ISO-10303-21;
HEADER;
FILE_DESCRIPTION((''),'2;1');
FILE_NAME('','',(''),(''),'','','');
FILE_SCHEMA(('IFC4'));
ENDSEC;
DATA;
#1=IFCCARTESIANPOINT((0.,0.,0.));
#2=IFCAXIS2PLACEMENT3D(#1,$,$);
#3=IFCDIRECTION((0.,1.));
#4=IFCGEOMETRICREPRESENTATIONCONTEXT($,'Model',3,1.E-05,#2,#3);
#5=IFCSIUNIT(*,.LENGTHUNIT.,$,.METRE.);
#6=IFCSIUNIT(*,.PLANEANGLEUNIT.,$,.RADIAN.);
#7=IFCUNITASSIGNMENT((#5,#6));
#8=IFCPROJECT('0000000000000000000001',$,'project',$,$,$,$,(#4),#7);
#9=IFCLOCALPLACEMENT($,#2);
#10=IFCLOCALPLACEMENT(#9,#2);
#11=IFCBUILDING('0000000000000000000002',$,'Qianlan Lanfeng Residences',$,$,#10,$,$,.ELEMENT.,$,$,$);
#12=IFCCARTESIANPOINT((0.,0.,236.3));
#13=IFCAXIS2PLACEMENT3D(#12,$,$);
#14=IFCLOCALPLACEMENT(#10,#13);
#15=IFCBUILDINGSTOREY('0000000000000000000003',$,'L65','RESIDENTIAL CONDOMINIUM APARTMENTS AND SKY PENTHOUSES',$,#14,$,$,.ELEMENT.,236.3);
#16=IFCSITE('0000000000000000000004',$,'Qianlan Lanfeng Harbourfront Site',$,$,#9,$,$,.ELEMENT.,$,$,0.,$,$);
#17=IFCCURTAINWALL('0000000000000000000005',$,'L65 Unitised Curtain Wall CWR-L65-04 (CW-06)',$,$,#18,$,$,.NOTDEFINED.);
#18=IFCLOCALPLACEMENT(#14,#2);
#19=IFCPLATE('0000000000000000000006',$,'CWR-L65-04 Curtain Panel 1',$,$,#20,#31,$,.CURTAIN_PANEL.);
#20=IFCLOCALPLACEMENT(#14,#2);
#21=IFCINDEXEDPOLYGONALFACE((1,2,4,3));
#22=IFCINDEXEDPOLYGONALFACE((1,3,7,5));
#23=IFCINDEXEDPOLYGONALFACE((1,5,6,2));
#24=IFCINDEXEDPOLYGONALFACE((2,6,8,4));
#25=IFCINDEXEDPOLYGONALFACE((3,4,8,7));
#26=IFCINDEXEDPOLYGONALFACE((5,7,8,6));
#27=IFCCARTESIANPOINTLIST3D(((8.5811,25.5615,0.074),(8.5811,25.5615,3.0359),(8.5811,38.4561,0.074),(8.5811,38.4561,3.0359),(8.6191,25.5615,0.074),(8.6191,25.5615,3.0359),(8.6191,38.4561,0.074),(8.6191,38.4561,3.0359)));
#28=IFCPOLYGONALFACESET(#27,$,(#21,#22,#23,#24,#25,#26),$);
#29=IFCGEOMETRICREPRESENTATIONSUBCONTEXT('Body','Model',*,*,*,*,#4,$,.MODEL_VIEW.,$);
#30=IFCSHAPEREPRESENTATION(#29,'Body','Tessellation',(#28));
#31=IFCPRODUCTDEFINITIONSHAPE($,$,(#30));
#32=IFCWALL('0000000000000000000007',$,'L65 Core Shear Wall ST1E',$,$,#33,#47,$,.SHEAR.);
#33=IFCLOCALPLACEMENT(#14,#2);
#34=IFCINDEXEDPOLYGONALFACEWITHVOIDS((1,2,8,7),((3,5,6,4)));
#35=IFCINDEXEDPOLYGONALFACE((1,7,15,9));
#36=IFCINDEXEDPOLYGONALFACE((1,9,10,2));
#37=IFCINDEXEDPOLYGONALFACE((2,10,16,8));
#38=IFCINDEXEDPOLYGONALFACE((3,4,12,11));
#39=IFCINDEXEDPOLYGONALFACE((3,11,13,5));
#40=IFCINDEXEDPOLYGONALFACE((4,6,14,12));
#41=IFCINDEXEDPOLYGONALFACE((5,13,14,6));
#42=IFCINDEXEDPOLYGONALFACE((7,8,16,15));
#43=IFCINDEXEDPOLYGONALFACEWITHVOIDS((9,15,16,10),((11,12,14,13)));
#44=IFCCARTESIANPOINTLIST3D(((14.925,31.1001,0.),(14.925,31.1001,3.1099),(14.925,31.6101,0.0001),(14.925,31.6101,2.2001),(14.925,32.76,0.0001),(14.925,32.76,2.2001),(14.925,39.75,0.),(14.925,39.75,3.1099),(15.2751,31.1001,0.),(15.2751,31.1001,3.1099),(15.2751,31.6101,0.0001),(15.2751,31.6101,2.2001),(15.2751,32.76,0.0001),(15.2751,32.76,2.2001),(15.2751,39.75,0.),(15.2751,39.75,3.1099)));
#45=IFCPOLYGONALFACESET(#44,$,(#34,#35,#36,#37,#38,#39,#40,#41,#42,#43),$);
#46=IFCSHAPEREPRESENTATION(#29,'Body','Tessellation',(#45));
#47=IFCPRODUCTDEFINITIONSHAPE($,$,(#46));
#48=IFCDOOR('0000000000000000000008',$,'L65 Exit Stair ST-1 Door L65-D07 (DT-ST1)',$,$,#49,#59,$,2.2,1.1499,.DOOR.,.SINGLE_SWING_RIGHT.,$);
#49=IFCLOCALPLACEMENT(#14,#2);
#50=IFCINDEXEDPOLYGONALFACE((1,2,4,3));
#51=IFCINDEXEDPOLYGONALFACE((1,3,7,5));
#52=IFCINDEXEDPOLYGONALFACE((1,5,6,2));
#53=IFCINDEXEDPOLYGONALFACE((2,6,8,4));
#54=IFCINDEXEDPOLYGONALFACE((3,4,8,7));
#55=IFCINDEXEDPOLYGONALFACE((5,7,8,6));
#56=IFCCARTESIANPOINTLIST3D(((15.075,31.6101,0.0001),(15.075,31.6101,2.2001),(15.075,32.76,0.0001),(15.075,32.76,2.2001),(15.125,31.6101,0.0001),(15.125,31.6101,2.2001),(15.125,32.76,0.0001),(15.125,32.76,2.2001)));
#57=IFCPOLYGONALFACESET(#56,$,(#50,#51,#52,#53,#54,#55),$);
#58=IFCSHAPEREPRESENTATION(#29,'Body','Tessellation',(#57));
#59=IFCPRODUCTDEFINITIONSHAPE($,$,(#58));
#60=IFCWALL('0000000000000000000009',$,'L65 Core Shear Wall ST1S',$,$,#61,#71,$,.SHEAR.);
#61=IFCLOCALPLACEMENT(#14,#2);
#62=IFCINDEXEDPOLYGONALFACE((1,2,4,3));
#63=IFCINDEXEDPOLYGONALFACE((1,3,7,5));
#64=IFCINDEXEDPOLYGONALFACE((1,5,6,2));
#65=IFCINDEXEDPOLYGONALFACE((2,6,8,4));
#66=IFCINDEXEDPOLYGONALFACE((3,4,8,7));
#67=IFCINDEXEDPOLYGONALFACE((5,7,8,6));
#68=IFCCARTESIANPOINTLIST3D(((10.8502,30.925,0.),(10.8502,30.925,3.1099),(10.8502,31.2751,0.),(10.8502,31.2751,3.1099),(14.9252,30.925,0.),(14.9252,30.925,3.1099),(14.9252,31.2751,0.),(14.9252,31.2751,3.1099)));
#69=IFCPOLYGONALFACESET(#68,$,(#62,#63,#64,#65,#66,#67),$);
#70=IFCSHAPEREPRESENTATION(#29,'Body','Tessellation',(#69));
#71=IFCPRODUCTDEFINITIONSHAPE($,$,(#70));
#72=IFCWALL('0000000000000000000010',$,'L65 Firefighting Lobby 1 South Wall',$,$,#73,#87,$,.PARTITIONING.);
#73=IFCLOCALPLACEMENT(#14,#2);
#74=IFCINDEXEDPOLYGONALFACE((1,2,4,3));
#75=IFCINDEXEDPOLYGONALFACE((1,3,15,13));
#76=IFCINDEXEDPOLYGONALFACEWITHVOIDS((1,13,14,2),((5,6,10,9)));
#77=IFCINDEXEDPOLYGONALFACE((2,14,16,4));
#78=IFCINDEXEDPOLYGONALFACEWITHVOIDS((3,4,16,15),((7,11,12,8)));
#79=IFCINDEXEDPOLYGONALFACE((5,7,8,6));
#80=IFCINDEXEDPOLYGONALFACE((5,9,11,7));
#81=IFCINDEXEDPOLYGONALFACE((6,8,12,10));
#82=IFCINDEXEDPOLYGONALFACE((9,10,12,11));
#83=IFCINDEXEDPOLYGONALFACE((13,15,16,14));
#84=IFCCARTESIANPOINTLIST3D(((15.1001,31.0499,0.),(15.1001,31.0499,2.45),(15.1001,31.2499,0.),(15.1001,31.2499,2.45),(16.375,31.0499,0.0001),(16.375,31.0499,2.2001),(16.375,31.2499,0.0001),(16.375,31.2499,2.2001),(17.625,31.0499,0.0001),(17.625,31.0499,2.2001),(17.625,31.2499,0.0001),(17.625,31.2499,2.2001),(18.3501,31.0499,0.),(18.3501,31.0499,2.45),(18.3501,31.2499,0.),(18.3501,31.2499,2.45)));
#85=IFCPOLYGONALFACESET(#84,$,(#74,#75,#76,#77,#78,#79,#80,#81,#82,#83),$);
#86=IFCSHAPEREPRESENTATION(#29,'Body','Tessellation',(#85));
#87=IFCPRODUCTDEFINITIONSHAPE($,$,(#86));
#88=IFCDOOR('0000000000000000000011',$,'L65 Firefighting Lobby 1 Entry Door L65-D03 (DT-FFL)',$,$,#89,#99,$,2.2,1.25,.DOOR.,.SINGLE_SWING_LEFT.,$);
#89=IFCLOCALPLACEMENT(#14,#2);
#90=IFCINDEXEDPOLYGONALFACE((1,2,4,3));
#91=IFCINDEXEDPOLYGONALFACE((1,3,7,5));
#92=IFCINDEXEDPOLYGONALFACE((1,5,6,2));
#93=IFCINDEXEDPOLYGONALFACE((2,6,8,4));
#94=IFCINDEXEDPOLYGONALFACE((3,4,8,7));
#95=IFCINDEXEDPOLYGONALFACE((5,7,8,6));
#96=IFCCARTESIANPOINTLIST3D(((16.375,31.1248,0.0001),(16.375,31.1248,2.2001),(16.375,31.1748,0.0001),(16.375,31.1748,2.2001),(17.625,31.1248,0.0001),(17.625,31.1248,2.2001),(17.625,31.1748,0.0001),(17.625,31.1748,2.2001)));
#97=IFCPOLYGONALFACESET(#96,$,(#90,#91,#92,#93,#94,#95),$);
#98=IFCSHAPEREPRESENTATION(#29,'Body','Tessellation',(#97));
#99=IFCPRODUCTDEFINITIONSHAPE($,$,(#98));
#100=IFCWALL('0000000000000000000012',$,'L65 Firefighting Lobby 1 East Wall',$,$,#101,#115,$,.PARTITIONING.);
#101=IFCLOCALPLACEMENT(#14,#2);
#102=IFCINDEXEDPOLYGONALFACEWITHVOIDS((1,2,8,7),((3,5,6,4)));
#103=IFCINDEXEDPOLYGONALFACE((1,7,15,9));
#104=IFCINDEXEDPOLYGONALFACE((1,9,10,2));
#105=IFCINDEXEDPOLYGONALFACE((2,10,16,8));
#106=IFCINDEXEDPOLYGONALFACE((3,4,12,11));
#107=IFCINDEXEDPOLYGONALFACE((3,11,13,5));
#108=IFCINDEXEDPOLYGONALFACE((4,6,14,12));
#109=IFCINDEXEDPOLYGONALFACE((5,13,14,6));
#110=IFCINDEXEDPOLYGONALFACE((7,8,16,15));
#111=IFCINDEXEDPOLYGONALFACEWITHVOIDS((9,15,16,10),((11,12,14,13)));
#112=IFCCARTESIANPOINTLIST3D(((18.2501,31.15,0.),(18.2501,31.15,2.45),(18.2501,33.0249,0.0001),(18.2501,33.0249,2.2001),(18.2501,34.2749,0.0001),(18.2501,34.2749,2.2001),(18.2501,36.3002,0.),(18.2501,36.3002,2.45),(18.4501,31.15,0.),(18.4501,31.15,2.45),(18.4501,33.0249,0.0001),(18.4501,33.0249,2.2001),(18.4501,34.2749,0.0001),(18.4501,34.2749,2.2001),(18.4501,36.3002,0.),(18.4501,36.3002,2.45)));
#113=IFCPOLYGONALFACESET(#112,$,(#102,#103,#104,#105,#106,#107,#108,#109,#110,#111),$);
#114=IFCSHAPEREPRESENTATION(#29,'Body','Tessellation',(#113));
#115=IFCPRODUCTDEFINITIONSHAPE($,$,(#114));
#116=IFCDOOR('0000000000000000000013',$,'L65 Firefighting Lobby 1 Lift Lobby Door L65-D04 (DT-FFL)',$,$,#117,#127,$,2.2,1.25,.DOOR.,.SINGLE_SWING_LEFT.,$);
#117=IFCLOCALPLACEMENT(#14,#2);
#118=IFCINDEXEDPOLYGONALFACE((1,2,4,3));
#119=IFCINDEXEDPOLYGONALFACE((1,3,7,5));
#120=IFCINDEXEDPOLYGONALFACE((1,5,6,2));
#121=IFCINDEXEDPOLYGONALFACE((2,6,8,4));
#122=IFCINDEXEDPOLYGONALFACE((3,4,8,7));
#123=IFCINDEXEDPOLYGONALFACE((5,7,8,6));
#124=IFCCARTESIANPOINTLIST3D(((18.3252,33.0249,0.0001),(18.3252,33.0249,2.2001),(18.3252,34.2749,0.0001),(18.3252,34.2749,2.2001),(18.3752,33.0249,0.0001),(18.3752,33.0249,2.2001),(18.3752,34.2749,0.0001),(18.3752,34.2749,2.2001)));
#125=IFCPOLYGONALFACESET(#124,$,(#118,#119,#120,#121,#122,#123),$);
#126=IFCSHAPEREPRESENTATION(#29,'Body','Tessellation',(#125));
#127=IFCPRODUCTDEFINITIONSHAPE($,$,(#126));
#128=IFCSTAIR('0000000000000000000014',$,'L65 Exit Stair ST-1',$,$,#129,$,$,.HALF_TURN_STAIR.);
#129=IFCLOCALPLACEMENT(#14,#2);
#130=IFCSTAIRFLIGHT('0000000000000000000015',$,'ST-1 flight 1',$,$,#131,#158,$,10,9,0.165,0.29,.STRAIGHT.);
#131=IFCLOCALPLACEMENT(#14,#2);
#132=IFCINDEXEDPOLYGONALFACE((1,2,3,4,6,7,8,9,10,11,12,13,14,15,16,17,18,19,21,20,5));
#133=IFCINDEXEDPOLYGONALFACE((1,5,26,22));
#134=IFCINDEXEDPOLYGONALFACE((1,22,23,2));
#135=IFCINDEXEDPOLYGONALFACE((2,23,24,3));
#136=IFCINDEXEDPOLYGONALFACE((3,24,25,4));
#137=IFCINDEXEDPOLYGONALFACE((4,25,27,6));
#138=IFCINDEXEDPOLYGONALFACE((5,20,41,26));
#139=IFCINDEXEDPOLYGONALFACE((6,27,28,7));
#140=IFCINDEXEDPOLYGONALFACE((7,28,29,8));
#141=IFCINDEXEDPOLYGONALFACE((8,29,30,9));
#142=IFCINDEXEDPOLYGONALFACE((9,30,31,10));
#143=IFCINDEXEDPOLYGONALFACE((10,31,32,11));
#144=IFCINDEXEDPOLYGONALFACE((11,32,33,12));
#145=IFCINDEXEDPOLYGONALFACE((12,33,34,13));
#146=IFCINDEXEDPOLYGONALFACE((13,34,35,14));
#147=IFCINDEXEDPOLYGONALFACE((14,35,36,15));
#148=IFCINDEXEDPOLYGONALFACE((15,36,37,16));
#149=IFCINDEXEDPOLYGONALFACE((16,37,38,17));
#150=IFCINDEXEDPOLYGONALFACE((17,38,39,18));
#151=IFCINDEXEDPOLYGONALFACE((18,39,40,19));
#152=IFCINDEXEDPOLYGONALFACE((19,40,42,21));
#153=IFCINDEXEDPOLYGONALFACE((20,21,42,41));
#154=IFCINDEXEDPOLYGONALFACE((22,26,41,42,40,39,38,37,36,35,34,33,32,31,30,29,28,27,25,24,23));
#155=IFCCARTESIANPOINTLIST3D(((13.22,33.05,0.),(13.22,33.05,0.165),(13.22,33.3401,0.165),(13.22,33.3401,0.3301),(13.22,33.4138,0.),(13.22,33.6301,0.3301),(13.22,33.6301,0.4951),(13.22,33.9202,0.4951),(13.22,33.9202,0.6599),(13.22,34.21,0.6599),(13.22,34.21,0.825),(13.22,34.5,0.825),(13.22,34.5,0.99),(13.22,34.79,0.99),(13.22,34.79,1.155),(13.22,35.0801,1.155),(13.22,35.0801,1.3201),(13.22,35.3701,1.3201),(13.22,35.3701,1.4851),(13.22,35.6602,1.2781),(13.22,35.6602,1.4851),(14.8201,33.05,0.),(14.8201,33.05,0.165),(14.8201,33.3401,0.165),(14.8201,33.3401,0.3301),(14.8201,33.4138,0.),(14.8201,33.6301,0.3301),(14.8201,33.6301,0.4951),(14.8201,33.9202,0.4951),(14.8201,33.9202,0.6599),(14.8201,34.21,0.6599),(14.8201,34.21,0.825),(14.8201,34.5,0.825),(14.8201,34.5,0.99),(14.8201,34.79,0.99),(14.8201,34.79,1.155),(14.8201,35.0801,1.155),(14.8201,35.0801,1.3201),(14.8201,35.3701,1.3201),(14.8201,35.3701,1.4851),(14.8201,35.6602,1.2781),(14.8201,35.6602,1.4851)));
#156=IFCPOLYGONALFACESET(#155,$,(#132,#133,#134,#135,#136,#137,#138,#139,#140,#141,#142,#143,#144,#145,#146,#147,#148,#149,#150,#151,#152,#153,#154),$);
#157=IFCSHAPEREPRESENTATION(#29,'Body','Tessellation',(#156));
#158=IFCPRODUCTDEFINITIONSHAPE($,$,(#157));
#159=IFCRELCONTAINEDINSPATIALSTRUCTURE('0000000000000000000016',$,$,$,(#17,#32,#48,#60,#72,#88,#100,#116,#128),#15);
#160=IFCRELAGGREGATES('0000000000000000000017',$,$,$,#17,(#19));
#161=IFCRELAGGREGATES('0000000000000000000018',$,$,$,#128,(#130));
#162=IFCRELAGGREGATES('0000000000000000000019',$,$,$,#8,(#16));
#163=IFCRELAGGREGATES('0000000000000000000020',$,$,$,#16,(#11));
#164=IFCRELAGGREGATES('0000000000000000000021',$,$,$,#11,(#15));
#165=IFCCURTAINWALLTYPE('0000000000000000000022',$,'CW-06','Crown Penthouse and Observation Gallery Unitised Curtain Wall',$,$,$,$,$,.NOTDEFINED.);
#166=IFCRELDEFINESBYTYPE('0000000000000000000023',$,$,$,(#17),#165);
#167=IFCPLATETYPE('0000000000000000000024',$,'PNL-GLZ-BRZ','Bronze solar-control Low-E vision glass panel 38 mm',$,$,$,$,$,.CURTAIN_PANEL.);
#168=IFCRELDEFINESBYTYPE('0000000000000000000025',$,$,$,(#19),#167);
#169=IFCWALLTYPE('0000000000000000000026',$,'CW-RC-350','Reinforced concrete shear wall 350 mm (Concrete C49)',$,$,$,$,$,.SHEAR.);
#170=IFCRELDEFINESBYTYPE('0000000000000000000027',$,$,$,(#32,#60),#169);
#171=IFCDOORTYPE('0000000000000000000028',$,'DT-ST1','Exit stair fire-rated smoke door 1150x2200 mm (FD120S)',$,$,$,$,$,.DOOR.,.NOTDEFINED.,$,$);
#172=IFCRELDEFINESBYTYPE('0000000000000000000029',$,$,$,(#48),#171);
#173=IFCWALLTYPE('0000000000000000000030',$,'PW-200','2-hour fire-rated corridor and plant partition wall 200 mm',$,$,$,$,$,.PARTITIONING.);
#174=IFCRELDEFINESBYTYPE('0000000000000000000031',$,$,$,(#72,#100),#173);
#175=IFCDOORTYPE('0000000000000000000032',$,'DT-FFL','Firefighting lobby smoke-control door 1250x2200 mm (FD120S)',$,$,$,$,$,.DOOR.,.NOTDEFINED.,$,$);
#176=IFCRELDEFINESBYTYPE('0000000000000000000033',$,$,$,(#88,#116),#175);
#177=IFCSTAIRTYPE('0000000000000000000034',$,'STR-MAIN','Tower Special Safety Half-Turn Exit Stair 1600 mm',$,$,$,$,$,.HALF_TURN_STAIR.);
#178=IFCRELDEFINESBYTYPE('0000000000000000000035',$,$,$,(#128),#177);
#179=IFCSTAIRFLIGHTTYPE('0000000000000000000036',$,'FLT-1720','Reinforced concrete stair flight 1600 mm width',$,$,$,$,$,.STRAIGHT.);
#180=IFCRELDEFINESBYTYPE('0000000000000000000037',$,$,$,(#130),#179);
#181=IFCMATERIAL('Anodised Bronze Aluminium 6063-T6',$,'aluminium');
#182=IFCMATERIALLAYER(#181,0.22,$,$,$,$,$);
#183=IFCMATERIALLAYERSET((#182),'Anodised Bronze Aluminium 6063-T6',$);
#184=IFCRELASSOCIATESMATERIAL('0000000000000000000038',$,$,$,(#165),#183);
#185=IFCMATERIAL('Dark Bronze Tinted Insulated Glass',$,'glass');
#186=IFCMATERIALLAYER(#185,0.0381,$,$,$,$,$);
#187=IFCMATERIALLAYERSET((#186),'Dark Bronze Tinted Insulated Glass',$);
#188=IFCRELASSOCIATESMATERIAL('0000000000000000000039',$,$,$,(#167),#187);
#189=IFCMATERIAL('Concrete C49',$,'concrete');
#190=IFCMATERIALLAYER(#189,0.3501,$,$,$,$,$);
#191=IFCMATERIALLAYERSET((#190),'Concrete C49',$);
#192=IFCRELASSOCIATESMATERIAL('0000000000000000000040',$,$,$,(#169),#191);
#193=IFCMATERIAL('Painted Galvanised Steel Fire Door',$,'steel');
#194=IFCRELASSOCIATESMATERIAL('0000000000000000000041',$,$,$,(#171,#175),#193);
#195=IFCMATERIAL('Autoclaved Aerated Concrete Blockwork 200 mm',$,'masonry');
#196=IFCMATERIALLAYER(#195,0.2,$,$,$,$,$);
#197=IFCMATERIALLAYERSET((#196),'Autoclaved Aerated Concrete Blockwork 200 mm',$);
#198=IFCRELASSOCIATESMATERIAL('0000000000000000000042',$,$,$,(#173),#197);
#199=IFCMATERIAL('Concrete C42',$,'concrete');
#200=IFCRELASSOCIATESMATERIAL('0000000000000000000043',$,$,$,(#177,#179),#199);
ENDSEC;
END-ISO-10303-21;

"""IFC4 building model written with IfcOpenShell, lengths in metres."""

from ifc_helpers import new_model, si_unit, direction, frame, frame_2d, origin, origin_2d, place, context, subcontext, project, spatial, polyline, rectangle, outline, extrude, source, transform, mapped, material, layer, layer_set, type_object, element, fill, aggregate, save


model = new_model("IFC4")

# Units and contexts
model_context = context("Model", 3, precision=1e-05, world=origin(), true_north=direction((0.0, 1.0)))
body_context = subcontext(model_context, "Body", "Model", "MODEL_VIEW")
ifc_project = project(units=[si_unit("LENGTHUNIT", "METRE"), si_unit("PLANEANGLEUNIT", "RADIAN")], contexts=[model_context])

# Site, building, storey
site_placement = place(None, origin())
site = spatial("IfcSite", under=ifc_project, at=site_placement, Name="Qianlan Lanfeng Harbourfront Site", CompositionType="ELEMENT", RefElevation=0.0)
building_placement = place(site_placement, origin())
building = spatial("IfcBuilding", under=site, at=building_placement, Name="Qianlan Lanfeng Residences", CompositionType="ELEMENT")
storey_placement = place(building_placement, frame((0.0, 0.0, 236.3)))
storey = spatial("IfcBuildingStorey", under=building, at=storey_placement, Name="L65", Description="RESIDENTIAL CONDOMINIUM APARTMENTS AND SKY PENTHOUSES", CompositionType="ELEMENT", Elevation=236.3)

# Curtain wall, plate
ifc_material_1 = material(Name="Anodised Bronze Aluminium 6063-T6", Category="aluminium")
ifc_layer_1 = layer(ifc_material_1, 0.22)
ifc_layer_set_1 = layer_set([ifc_layer_1], Name="Anodised Bronze Aluminium 6063-T6")
curtain_wall_type = type_object("IfcCurtainWallType", Name="CW-06", Description="Crown Penthouse and Observation Gallery Unitised Curtain Wall", PredefinedType="NOTDEFINED", material=ifc_layer_set_1)
curtain_wall_placement = place(storey_placement, origin())
curtain_wall = element("IfcCurtainWall", 1, at=curtain_wall_placement, inside=storey, type_object=curtain_wall_type, Name="L65 Unitised Curtain Wall CWR-L65-04 (CW-06)", PredefinedType="NOTDEFINED")
ifc_material_2 = material(Name="Dark Bronze Tinted Insulated Glass", Category="glass")
ifc_layer_2 = layer(ifc_material_2, 0.0381)
ifc_layer_set_2 = layer_set([ifc_layer_2], Name="Dark Bronze Tinted Insulated Glass")
plate_type = type_object("IfcPlateType", Name="PNL-GLZ-BRZ", Description="Bronze solar-control Low-E vision glass panel 38 mm", PredefinedType="CURTAIN_PANEL", material=ifc_layer_set_2)
shared_shape_1 = source(origin(), body_context, "Body", "SweptSolid", [
    extrude(rectangle(XDim=12.8945, YDim=0.0381, at=origin_2d()), origin(), (0.0, 0.0, 1.0), 2.9619),
])
plate_placement = place(storey_placement, frame((8.6001, 32.0088, 0.074), z_axis=(0.0, 0.0, 1.0), x_axis=(0.0, -1.0, 0.0)))
plate = element("IfcPlate", 2, at=plate_placement, type_object=plate_type, Name="CWR-L65-04 Curtain Panel 1", PredefinedType="CURTAIN_PANEL", context=body_context, shape_type="MappedRepresentation", body=[
    mapped(shared_shape_1, transform((0.0, 0.0, 0.0), scale=1.0)),
])
aggregate(curtain_wall, [plate])

# Wall, opening, door
ifc_material_3 = material(Name="Concrete C49", Category="concrete")
ifc_layer_3 = layer(ifc_material_3, 0.3501)
ifc_layer_set_3 = layer_set([ifc_layer_3], Name="Concrete C49")
wall_type_1 = type_object("IfcWallType", Name="CW-RC-350", Description="Reinforced concrete shear wall 350 mm (Concrete C49)", PredefinedType="SHEAR", material=ifc_layer_set_3)
wall_1_placement = place(storey_placement, frame((15.1001, 31.1001, 0.0), z_axis=(0.0, 0.0, 1.0), x_axis=(0.0, 1.0, 0.0)))
wall_1 = element("IfcWall", 3, at=wall_1_placement, inside=storey, type_object=wall_type_1, Name="L65 Core Shear Wall ST1E", PredefinedType="SHEAR", context=body_context, shape_type="SweptSolid", body=[
    extrude(rectangle(XDim=8.6499, YDim=0.3501, at=frame_2d((4.325, 0.0))), origin(), (0.0, 0.0, 1.0), 3.1099),
])
opening_1_placement = place(wall_1_placement, frame((0.51, 0.0, 0.0)))
opening_1 = element("IfcOpeningElement", 4, at=opening_1_placement, cuts=wall_1, PredefinedType="OPENING", context=body_context, shape_type="SweptSolid", body=[
    extrude(rectangle(XDim=1.1499, YDim=2.2, at=frame_2d((0.575, 1.1001))), frame((0.0, 0.1851, 0.0), z_axis=(0.0, -1.0, 0.0), x_axis=(1.0, 0.0, 0.0)), (0.0, 0.0, 1.0), 0.3701),
])
ifc_material_4 = material(Name="Painted Galvanised Steel Fire Door", Category="steel")
door_type_1 = type_object("IfcDoorType", Name="DT-ST1", Description="Exit stair fire-rated smoke door 1150x2200 mm (FD120S)", OperationType="NOTDEFINED", PredefinedType="DOOR", material=ifc_material_4)
door_1_placement = place(opening_1_placement, frame((1.1499, 0.0, 0.0), z_axis=(0.0, 0.0, 1.0), x_axis=(-1.0, 0.0, 0.0)))
door_1 = element("IfcDoor", 5, at=door_1_placement, inside=storey, type_object=door_type_1, Name="L65 Exit Stair ST-1 Door L65-D07 (DT-ST1)", OperationType="SINGLE_SWING_RIGHT", OverallHeight=2.2, OverallWidth=1.1499, PredefinedType="DOOR", context=body_context, shape_type="SweptSolid", body=[
    extrude(rectangle(XDim=1.1499, YDim=2.2, at=frame_2d((0.575, 1.1001))), frame((0.0, 0.0249, 0.0), z_axis=(0.0, -1.0, 0.0), x_axis=(1.0, 0.0, 0.0)), (0.0, 0.0, 1.0), 0.05),
])
fill(opening_1, door_1)

# Wall
wall_2_placement = place(storey_placement, frame((10.8501, 31.1001, 0.0), z_axis=(0.0, 0.0, 1.0), x_axis=(1.0, 0.0, 0.0)))
element("IfcWall", 6, at=wall_2_placement, inside=storey, type_object=wall_type_1, Name="L65 Core Shear Wall ST1S", PredefinedType="SHEAR", context=body_context, shape_type="SweptSolid", body=[
    extrude(rectangle(XDim=4.075, YDim=0.3501, at=frame_2d((2.0376, 0.0))), origin(), (0.0, 0.0, 1.0), 3.1099),
])

# Walls, openings, doors
ifc_material_5 = material(Name="Autoclaved Aerated Concrete Blockwork 200 mm", Category="masonry")
ifc_layer_4 = layer(ifc_material_5, 0.2)
ifc_layer_set_4 = layer_set([ifc_layer_4], Name="Autoclaved Aerated Concrete Blockwork 200 mm")
wall_type_2 = type_object("IfcWallType", Name="PW-200", Description="2-hour fire-rated corridor and plant partition wall 200 mm", PredefinedType="PARTITIONING", material=ifc_layer_set_4)
wall_3_placement = place(storey_placement, frame((15.1001, 31.1499, 0.0), z_axis=(0.0, 0.0, 1.0), x_axis=(1.0, 0.0, 0.0)))
wall_3 = element("IfcWall", 7, at=wall_3_placement, inside=storey, type_object=wall_type_2, Name="L65 Firefighting Lobby 1 South Wall", PredefinedType="PARTITIONING", context=body_context, shape_type="SweptSolid", body=[
    extrude(rectangle(XDim=3.25, YDim=0.2, at=frame_2d((1.625, 0.0))), origin(), (0.0, 0.0, 1.0), 2.45),
])
opening_2_placement = place(wall_3_placement, frame((1.2749, 0.0, 0.0)))
opening_2 = element("IfcOpeningElement", 8, at=opening_2_placement, cuts=wall_3, PredefinedType="OPENING", context=body_context, shape_type="SweptSolid", body=[
    extrude(rectangle(XDim=1.25, YDim=2.2, at=frame_2d((0.625, 1.1001))), frame((0.0, 0.1099, 0.0), z_axis=(0.0, -1.0, 0.0), x_axis=(1.0, 0.0, 0.0)), (0.0, 0.0, 1.0), 0.22),
])
door_type_2 = type_object("IfcDoorType", Name="DT-FFL", Description="Firefighting lobby smoke-control door 1250x2200 mm (FD120S)", OperationType="NOTDEFINED", PredefinedType="DOOR", material=ifc_material_4)
door_2_placement = place(opening_2_placement, origin())
door_2 = element("IfcDoor", 9, at=door_2_placement, inside=storey, type_object=door_type_2, Name="L65 Firefighting Lobby 1 Entry Door L65-D03 (DT-FFL)", OperationType="SINGLE_SWING_LEFT", OverallHeight=2.2, OverallWidth=1.25, PredefinedType="DOOR", context=body_context, shape_type="SweptSolid", body=[
    extrude(rectangle(XDim=1.25, YDim=2.2, at=frame_2d((0.625, 1.1001))), frame((0.0, 0.0249, 0.0), z_axis=(0.0, -1.0, 0.0), x_axis=(1.0, 0.0, 0.0)), (0.0, 0.0, 1.0), 0.05),
])
fill(opening_2, door_2)
wall_4_placement = place(storey_placement, frame((18.3501, 31.1499, 0.0), z_axis=(0.0, 0.0, 1.0), x_axis=(0.0, 1.0, 0.0)))
wall_4 = element("IfcWall", 10, at=wall_4_placement, inside=storey, type_object=wall_type_2, Name="L65 Firefighting Lobby 1 East Wall", PredefinedType="PARTITIONING", context=body_context, shape_type="SweptSolid", body=[
    extrude(rectangle(XDim=5.1501, YDim=0.2, at=frame_2d((2.5752, 0.0))), origin(), (0.0, 0.0, 1.0), 2.45),
])
opening_3_placement = place(wall_4_placement, frame((1.875, 0.0, 0.0)))
opening_3 = element("IfcOpeningElement", 11, at=opening_3_placement, cuts=wall_4, PredefinedType="OPENING", context=body_context, shape_type="SweptSolid", body=[
    extrude(rectangle(XDim=1.25, YDim=2.2, at=frame_2d((0.625, 1.1001))), frame((0.0, 0.1099, 0.0), z_axis=(0.0, -1.0, 0.0), x_axis=(1.0, 0.0, 0.0)), (0.0, 0.0, 1.0), 0.22),
])
door_3_placement = place(opening_3_placement, origin())
door_3 = element("IfcDoor", 12, at=door_3_placement, inside=storey, type_object=door_type_2, Name="L65 Firefighting Lobby 1 Lift Lobby Door L65-D04 (DT-FFL)", OperationType="SINGLE_SWING_LEFT", OverallHeight=2.2, OverallWidth=1.25, PredefinedType="DOOR", context=body_context, shape_type="SweptSolid", body=[
    extrude(rectangle(XDim=1.25, YDim=2.2, at=frame_2d((0.625, 1.1001))), frame((0.0, 0.0249, 0.0), z_axis=(0.0, -1.0, 0.0), x_axis=(1.0, 0.0, 0.0)), (0.0, 0.0, 1.0), 0.05),
])
fill(opening_3, door_3)

# Stair, stair flight
ifc_material_6 = material(Name="Concrete C42", Category="concrete")
stair_type = type_object("IfcStairType", Name="STR-MAIN", Description="Tower Special Safety Half-Turn Exit Stair 1600 mm", PredefinedType="HALF_TURN_STAIR", material=ifc_material_6)
stair_placement = place(storey_placement, origin())
stair = element("IfcStair", 13, at=stair_placement, inside=storey, type_object=stair_type, Name="L65 Exit Stair ST-1", PredefinedType="HALF_TURN_STAIR")
stair_flight_type = type_object("IfcStairFlightType", Name="FLT-1720", Description="Reinforced concrete stair flight 1600 mm width", PredefinedType="STRAIGHT", material=ifc_material_6)
stair_flight_placement = place(storey_placement, frame((14.02, 33.05, 0.0), z_axis=(0.0, 0.0, 1.0), x_axis=(0.0, 1.0, 0.0)))
stair_flight = element("IfcStairFlight", 14, at=stair_flight_placement, type_object=stair_flight_type, Name="ST-1 flight 1", NumberOfRisers=10, NumberOfTreads=9, PredefinedType="STRAIGHT", RiserHeight=0.165, TreadLength=0.29, context=body_context, shape_type="SweptSolid", body=[
    extrude(outline(polyline([(0.0, 0.0), (0.0, 0.165), (0.29, 0.165), (0.29, 0.3301), (0.5801, 0.3301), (0.5801, 0.4951), (0.8701, 0.4951), (0.8701, 0.6599), (1.1599, 0.6599), (1.1599, 0.825), (1.45, 0.825), (1.45, 0.99), (1.74, 0.99), (1.74, 1.155), (2.03, 1.155), (2.03, 1.3201), (2.3201, 1.3201), (2.3201, 1.4851), (2.6101, 1.4851), (2.6101, 1.6499), (2.6101, 1.2781), (0.3638, 0.0), (0.0, 0.0)])), frame((0.0, 0.8, 0.0), z_axis=(0.0, -1.0, 0.0), x_axis=(1.0, 0.0, 0.0)), (0.0, 0.0, 1.0), 1.6001),
])
aggregate(stair, [stair_flight])

save(model, "model.ifc")
